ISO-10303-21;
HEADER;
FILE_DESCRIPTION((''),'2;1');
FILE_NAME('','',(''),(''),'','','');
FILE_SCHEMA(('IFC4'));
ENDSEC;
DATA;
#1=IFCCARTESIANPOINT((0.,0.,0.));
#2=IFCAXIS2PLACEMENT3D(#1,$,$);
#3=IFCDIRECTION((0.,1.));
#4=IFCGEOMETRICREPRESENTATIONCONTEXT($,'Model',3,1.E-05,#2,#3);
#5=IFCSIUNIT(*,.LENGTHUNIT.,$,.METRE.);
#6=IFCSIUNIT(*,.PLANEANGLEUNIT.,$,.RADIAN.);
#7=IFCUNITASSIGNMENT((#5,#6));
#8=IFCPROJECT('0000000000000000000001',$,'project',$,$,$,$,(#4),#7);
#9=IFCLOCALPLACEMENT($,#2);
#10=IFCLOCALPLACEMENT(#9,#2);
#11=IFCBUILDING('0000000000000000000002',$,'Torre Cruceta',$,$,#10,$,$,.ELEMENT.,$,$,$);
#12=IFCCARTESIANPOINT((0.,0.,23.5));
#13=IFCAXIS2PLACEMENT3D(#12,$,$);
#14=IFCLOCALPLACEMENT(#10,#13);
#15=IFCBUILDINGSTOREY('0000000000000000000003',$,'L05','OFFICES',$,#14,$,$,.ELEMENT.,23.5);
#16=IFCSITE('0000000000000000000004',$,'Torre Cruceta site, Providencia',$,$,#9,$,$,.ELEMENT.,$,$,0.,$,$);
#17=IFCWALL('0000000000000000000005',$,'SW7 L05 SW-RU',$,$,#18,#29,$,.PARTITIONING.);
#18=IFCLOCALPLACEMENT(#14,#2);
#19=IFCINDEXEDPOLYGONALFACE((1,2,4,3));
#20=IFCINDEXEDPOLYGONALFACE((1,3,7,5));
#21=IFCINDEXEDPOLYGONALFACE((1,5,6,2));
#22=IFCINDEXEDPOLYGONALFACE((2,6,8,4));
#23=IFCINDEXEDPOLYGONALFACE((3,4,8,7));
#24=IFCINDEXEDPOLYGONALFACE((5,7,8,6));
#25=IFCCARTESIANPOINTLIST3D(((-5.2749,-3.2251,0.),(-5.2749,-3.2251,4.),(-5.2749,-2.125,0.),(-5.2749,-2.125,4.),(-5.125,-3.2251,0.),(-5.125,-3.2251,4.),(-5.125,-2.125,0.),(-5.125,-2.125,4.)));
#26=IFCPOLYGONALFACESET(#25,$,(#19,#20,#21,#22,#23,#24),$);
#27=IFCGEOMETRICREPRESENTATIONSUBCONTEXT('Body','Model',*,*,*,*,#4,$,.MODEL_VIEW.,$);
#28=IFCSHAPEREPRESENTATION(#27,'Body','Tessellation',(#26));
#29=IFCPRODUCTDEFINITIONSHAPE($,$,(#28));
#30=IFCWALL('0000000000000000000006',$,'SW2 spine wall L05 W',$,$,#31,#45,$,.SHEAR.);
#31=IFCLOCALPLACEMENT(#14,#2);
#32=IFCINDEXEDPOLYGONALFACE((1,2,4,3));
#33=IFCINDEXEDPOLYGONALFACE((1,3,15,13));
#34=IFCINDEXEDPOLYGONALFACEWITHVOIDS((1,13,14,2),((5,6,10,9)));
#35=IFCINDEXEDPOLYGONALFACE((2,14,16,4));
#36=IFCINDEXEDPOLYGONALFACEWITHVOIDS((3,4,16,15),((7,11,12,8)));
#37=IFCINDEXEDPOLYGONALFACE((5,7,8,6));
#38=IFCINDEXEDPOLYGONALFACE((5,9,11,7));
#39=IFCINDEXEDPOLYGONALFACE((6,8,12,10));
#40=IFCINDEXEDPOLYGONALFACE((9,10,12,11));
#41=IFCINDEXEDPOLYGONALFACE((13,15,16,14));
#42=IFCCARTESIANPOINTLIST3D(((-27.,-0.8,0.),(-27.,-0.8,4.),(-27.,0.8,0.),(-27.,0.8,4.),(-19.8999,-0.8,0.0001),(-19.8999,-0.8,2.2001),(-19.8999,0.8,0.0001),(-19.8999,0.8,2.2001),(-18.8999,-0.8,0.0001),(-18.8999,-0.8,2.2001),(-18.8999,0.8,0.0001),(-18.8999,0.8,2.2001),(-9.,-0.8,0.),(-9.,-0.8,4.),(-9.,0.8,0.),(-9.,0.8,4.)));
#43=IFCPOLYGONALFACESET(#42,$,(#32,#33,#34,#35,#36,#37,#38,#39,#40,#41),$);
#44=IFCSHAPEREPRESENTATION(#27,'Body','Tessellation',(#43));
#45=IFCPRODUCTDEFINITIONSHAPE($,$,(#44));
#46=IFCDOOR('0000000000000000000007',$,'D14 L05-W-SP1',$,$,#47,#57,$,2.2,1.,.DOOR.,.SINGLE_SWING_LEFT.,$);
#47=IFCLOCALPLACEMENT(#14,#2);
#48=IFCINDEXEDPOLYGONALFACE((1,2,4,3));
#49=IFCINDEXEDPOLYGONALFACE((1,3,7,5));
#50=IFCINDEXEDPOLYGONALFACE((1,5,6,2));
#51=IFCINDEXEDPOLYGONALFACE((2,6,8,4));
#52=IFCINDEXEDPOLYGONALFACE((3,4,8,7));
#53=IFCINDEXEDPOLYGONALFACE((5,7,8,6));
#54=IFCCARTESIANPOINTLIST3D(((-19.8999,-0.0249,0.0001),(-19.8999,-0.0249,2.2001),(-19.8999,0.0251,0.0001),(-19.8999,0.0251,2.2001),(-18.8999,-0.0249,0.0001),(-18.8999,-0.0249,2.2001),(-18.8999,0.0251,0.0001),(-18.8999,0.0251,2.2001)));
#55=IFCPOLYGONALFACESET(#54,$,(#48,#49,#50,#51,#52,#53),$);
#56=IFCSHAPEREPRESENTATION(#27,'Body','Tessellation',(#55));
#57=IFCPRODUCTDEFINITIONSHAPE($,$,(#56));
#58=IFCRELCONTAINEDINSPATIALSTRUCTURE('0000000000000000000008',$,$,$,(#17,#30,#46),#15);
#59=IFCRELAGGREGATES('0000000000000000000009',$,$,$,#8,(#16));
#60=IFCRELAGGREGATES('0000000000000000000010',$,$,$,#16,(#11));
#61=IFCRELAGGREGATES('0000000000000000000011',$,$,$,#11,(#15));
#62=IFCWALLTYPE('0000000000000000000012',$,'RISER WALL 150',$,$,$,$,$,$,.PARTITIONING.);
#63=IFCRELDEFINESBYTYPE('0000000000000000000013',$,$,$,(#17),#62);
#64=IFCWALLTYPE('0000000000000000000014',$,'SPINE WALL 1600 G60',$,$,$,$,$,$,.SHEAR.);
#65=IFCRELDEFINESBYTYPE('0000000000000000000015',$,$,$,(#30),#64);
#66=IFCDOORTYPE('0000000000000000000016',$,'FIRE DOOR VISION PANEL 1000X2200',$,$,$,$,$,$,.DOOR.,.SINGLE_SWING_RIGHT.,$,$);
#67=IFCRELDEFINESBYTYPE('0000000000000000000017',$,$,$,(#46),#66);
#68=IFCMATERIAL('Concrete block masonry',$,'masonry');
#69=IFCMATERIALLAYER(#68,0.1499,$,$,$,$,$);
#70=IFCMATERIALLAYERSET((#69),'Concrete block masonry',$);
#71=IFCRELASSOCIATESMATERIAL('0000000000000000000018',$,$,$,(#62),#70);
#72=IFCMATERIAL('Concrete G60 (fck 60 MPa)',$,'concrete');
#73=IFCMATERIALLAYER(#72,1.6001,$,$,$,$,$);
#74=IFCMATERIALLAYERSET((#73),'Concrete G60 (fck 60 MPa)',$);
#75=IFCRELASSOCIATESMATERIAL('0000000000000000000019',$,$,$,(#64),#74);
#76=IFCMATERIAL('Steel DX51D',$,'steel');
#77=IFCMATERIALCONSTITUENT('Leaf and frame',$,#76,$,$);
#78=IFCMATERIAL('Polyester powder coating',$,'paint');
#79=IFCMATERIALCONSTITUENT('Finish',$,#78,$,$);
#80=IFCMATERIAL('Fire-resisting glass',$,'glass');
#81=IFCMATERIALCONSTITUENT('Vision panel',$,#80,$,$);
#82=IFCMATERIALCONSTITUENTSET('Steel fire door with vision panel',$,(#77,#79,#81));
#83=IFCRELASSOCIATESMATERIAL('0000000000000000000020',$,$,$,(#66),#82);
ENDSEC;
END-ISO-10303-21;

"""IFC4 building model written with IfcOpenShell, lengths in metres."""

from ifc_helpers import new_model, si_unit, direction, frame, frame_2d, origin, place, context, subcontext, project, spatial, rectangle, extrude, material, layer, layer_set, constituent, constituent_set, type_object, element, fill, save


model = new_model("IFC4")

# Units and contexts
model_context = context("Model", 3, precision=1e-05, world=origin(), true_north=direction((0.0, 1.0)))
body_context = subcontext(model_context, "Body", "Model", "MODEL_VIEW")
ifc_project = project(units=[si_unit("LENGTHUNIT", "METRE"), si_unit("PLANEANGLEUNIT", "RADIAN")], contexts=[model_context])

# Site, building, storey
site_placement = place(None, origin())
site = spatial("IfcSite", under=ifc_project, at=site_placement, Name="Torre Cruceta site, Providencia", CompositionType="ELEMENT", RefElevation=0.0)
building_placement = place(site_placement, origin())
building = spatial("IfcBuilding", under=site, at=building_placement, Name="Torre Cruceta", CompositionType="ELEMENT")
storey_placement = place(building_placement, frame((0.0, 0.0, 23.5)))
storey = spatial("IfcBuildingStorey", under=building, at=storey_placement, Name="L05", Description="OFFICES", CompositionType="ELEMENT", Elevation=23.5)

# Shared definitions
ifc_material_1 = material(Name="Concrete block masonry", Category="masonry")
ifc_layer_1 = layer(ifc_material_1, 0.1499)
ifc_layer_set_1 = layer_set([ifc_layer_1], Name="Concrete block masonry")
wall_type_1 = type_object("IfcWallType", Name="RISER WALL 150", PredefinedType="PARTITIONING", material=ifc_layer_set_1)

# Wall
wall_1_placement = place(storey_placement, frame((-5.2, -2.125, 0.0), z_axis=(0.0, 0.0, 1.0), x_axis=(0.0, -1.0, 0.0)))
element("IfcWall", 1, at=wall_1_placement, inside=storey, type_object=wall_type_1, Name="SW7 L05 SW-RU", PredefinedType="PARTITIONING", context=body_context, shape_type="SweptSolid", body=[
    extrude(rectangle(XDim=1.1001, YDim=0.1499, at=frame_2d((0.55, 0.0))), origin(), (0.0, 0.0, 1.0), 4.0),
])

# Wall, opening, door
ifc_material_2 = material(Name="Concrete G60 (fck 60 MPa)", Category="concrete")
ifc_layer_2 = layer(ifc_material_2, 1.6001)
ifc_layer_set_2 = layer_set([ifc_layer_2], Name="Concrete G60 (fck 60 MPa)")
wall_type_2 = type_object("IfcWallType", Name="SPINE WALL 1600 G60", PredefinedType="SHEAR", material=ifc_layer_set_2)
wall_2_placement = place(storey_placement, frame((-9.0, 0.0, 0.0), z_axis=(0.0, 0.0, 1.0), x_axis=(-1.0, 0.0, 0.0)))
wall_2 = element("IfcWall", 2, at=wall_2_placement, inside=storey, type_object=wall_type_2, Name="SW2 spine wall L05 W", PredefinedType="SHEAR", context=body_context, shape_type="SweptSolid", body=[
    extrude(rectangle(XDim=18.0, YDim=1.6001, at=frame_2d((9.0, 0.0))), origin(), (0.0, 0.0, 1.0), 4.0),
])
opening_1_placement = place(wall_2_placement, frame((9.8999, 0.0, 0.0)))
opening_1 = element("IfcOpeningElement", 3, at=opening_1_placement, cuts=wall_2, PredefinedType="OPENING", context=body_context, shape_type="SweptSolid", body=[
    extrude(rectangle(XDim=1.0, YDim=2.2, at=frame_2d((0.5, 1.1001))), frame((0.0, 0.8101, 0.0), z_axis=(0.0, -1.0, 0.0), x_axis=(1.0, 0.0, 0.0)), (0.0, 0.0, 1.0), 1.6201),
])
ifc_material_3 = material(Name="Steel DX51D", Category="steel")
ifc_constituent_1 = constituent(ifc_material_3, Name="Leaf and frame")
ifc_material_4 = material(Name="Polyester powder coating", Category="paint")
ifc_constituent_2 = constituent(ifc_material_4, Name="Finish")
ifc_material_5 = material(Name="Fire-resisting glass", Category="glass")
ifc_constituent_3 = constituent(ifc_material_5, Name="Vision panel")
ifc_constituent_set_1 = constituent_set(constituents=[ifc_constituent_1, ifc_constituent_2, ifc_constituent_3], Name="Steel fire door with vision panel")
door_type_1 = type_object("IfcDoorType", Name="FIRE DOOR VISION PANEL 1000X2200", OperationType="SINGLE_SWING_RIGHT", PredefinedType="DOOR", material=ifc_constituent_set_1)
door_1_placement = place(opening_1_placement, frame((1.0, 0.0, 0.0), z_axis=(0.0, 0.0, 1.0), x_axis=(-1.0, 0.0, 0.0)))
door_1 = element("IfcDoor", 4, at=door_1_placement, inside=storey, type_object=door_type_1, Name="D14 L05-W-SP1", OperationType="SINGLE_SWING_LEFT", OverallHeight=2.2, OverallWidth=1.0, PredefinedType="DOOR", context=body_context, shape_type="SweptSolid", body=[
    extrude(rectangle(XDim=1.0, YDim=2.2, at=frame_2d((0.5, 1.1001))), frame((0.0, 0.0251, 0.0), z_axis=(0.0, -1.0, 0.0), x_axis=(1.0, 0.0, 0.0)), (0.0, 0.0, 1.0), 0.05),
])
fill(opening_1, door_1)

save(model, "model.ifc")
